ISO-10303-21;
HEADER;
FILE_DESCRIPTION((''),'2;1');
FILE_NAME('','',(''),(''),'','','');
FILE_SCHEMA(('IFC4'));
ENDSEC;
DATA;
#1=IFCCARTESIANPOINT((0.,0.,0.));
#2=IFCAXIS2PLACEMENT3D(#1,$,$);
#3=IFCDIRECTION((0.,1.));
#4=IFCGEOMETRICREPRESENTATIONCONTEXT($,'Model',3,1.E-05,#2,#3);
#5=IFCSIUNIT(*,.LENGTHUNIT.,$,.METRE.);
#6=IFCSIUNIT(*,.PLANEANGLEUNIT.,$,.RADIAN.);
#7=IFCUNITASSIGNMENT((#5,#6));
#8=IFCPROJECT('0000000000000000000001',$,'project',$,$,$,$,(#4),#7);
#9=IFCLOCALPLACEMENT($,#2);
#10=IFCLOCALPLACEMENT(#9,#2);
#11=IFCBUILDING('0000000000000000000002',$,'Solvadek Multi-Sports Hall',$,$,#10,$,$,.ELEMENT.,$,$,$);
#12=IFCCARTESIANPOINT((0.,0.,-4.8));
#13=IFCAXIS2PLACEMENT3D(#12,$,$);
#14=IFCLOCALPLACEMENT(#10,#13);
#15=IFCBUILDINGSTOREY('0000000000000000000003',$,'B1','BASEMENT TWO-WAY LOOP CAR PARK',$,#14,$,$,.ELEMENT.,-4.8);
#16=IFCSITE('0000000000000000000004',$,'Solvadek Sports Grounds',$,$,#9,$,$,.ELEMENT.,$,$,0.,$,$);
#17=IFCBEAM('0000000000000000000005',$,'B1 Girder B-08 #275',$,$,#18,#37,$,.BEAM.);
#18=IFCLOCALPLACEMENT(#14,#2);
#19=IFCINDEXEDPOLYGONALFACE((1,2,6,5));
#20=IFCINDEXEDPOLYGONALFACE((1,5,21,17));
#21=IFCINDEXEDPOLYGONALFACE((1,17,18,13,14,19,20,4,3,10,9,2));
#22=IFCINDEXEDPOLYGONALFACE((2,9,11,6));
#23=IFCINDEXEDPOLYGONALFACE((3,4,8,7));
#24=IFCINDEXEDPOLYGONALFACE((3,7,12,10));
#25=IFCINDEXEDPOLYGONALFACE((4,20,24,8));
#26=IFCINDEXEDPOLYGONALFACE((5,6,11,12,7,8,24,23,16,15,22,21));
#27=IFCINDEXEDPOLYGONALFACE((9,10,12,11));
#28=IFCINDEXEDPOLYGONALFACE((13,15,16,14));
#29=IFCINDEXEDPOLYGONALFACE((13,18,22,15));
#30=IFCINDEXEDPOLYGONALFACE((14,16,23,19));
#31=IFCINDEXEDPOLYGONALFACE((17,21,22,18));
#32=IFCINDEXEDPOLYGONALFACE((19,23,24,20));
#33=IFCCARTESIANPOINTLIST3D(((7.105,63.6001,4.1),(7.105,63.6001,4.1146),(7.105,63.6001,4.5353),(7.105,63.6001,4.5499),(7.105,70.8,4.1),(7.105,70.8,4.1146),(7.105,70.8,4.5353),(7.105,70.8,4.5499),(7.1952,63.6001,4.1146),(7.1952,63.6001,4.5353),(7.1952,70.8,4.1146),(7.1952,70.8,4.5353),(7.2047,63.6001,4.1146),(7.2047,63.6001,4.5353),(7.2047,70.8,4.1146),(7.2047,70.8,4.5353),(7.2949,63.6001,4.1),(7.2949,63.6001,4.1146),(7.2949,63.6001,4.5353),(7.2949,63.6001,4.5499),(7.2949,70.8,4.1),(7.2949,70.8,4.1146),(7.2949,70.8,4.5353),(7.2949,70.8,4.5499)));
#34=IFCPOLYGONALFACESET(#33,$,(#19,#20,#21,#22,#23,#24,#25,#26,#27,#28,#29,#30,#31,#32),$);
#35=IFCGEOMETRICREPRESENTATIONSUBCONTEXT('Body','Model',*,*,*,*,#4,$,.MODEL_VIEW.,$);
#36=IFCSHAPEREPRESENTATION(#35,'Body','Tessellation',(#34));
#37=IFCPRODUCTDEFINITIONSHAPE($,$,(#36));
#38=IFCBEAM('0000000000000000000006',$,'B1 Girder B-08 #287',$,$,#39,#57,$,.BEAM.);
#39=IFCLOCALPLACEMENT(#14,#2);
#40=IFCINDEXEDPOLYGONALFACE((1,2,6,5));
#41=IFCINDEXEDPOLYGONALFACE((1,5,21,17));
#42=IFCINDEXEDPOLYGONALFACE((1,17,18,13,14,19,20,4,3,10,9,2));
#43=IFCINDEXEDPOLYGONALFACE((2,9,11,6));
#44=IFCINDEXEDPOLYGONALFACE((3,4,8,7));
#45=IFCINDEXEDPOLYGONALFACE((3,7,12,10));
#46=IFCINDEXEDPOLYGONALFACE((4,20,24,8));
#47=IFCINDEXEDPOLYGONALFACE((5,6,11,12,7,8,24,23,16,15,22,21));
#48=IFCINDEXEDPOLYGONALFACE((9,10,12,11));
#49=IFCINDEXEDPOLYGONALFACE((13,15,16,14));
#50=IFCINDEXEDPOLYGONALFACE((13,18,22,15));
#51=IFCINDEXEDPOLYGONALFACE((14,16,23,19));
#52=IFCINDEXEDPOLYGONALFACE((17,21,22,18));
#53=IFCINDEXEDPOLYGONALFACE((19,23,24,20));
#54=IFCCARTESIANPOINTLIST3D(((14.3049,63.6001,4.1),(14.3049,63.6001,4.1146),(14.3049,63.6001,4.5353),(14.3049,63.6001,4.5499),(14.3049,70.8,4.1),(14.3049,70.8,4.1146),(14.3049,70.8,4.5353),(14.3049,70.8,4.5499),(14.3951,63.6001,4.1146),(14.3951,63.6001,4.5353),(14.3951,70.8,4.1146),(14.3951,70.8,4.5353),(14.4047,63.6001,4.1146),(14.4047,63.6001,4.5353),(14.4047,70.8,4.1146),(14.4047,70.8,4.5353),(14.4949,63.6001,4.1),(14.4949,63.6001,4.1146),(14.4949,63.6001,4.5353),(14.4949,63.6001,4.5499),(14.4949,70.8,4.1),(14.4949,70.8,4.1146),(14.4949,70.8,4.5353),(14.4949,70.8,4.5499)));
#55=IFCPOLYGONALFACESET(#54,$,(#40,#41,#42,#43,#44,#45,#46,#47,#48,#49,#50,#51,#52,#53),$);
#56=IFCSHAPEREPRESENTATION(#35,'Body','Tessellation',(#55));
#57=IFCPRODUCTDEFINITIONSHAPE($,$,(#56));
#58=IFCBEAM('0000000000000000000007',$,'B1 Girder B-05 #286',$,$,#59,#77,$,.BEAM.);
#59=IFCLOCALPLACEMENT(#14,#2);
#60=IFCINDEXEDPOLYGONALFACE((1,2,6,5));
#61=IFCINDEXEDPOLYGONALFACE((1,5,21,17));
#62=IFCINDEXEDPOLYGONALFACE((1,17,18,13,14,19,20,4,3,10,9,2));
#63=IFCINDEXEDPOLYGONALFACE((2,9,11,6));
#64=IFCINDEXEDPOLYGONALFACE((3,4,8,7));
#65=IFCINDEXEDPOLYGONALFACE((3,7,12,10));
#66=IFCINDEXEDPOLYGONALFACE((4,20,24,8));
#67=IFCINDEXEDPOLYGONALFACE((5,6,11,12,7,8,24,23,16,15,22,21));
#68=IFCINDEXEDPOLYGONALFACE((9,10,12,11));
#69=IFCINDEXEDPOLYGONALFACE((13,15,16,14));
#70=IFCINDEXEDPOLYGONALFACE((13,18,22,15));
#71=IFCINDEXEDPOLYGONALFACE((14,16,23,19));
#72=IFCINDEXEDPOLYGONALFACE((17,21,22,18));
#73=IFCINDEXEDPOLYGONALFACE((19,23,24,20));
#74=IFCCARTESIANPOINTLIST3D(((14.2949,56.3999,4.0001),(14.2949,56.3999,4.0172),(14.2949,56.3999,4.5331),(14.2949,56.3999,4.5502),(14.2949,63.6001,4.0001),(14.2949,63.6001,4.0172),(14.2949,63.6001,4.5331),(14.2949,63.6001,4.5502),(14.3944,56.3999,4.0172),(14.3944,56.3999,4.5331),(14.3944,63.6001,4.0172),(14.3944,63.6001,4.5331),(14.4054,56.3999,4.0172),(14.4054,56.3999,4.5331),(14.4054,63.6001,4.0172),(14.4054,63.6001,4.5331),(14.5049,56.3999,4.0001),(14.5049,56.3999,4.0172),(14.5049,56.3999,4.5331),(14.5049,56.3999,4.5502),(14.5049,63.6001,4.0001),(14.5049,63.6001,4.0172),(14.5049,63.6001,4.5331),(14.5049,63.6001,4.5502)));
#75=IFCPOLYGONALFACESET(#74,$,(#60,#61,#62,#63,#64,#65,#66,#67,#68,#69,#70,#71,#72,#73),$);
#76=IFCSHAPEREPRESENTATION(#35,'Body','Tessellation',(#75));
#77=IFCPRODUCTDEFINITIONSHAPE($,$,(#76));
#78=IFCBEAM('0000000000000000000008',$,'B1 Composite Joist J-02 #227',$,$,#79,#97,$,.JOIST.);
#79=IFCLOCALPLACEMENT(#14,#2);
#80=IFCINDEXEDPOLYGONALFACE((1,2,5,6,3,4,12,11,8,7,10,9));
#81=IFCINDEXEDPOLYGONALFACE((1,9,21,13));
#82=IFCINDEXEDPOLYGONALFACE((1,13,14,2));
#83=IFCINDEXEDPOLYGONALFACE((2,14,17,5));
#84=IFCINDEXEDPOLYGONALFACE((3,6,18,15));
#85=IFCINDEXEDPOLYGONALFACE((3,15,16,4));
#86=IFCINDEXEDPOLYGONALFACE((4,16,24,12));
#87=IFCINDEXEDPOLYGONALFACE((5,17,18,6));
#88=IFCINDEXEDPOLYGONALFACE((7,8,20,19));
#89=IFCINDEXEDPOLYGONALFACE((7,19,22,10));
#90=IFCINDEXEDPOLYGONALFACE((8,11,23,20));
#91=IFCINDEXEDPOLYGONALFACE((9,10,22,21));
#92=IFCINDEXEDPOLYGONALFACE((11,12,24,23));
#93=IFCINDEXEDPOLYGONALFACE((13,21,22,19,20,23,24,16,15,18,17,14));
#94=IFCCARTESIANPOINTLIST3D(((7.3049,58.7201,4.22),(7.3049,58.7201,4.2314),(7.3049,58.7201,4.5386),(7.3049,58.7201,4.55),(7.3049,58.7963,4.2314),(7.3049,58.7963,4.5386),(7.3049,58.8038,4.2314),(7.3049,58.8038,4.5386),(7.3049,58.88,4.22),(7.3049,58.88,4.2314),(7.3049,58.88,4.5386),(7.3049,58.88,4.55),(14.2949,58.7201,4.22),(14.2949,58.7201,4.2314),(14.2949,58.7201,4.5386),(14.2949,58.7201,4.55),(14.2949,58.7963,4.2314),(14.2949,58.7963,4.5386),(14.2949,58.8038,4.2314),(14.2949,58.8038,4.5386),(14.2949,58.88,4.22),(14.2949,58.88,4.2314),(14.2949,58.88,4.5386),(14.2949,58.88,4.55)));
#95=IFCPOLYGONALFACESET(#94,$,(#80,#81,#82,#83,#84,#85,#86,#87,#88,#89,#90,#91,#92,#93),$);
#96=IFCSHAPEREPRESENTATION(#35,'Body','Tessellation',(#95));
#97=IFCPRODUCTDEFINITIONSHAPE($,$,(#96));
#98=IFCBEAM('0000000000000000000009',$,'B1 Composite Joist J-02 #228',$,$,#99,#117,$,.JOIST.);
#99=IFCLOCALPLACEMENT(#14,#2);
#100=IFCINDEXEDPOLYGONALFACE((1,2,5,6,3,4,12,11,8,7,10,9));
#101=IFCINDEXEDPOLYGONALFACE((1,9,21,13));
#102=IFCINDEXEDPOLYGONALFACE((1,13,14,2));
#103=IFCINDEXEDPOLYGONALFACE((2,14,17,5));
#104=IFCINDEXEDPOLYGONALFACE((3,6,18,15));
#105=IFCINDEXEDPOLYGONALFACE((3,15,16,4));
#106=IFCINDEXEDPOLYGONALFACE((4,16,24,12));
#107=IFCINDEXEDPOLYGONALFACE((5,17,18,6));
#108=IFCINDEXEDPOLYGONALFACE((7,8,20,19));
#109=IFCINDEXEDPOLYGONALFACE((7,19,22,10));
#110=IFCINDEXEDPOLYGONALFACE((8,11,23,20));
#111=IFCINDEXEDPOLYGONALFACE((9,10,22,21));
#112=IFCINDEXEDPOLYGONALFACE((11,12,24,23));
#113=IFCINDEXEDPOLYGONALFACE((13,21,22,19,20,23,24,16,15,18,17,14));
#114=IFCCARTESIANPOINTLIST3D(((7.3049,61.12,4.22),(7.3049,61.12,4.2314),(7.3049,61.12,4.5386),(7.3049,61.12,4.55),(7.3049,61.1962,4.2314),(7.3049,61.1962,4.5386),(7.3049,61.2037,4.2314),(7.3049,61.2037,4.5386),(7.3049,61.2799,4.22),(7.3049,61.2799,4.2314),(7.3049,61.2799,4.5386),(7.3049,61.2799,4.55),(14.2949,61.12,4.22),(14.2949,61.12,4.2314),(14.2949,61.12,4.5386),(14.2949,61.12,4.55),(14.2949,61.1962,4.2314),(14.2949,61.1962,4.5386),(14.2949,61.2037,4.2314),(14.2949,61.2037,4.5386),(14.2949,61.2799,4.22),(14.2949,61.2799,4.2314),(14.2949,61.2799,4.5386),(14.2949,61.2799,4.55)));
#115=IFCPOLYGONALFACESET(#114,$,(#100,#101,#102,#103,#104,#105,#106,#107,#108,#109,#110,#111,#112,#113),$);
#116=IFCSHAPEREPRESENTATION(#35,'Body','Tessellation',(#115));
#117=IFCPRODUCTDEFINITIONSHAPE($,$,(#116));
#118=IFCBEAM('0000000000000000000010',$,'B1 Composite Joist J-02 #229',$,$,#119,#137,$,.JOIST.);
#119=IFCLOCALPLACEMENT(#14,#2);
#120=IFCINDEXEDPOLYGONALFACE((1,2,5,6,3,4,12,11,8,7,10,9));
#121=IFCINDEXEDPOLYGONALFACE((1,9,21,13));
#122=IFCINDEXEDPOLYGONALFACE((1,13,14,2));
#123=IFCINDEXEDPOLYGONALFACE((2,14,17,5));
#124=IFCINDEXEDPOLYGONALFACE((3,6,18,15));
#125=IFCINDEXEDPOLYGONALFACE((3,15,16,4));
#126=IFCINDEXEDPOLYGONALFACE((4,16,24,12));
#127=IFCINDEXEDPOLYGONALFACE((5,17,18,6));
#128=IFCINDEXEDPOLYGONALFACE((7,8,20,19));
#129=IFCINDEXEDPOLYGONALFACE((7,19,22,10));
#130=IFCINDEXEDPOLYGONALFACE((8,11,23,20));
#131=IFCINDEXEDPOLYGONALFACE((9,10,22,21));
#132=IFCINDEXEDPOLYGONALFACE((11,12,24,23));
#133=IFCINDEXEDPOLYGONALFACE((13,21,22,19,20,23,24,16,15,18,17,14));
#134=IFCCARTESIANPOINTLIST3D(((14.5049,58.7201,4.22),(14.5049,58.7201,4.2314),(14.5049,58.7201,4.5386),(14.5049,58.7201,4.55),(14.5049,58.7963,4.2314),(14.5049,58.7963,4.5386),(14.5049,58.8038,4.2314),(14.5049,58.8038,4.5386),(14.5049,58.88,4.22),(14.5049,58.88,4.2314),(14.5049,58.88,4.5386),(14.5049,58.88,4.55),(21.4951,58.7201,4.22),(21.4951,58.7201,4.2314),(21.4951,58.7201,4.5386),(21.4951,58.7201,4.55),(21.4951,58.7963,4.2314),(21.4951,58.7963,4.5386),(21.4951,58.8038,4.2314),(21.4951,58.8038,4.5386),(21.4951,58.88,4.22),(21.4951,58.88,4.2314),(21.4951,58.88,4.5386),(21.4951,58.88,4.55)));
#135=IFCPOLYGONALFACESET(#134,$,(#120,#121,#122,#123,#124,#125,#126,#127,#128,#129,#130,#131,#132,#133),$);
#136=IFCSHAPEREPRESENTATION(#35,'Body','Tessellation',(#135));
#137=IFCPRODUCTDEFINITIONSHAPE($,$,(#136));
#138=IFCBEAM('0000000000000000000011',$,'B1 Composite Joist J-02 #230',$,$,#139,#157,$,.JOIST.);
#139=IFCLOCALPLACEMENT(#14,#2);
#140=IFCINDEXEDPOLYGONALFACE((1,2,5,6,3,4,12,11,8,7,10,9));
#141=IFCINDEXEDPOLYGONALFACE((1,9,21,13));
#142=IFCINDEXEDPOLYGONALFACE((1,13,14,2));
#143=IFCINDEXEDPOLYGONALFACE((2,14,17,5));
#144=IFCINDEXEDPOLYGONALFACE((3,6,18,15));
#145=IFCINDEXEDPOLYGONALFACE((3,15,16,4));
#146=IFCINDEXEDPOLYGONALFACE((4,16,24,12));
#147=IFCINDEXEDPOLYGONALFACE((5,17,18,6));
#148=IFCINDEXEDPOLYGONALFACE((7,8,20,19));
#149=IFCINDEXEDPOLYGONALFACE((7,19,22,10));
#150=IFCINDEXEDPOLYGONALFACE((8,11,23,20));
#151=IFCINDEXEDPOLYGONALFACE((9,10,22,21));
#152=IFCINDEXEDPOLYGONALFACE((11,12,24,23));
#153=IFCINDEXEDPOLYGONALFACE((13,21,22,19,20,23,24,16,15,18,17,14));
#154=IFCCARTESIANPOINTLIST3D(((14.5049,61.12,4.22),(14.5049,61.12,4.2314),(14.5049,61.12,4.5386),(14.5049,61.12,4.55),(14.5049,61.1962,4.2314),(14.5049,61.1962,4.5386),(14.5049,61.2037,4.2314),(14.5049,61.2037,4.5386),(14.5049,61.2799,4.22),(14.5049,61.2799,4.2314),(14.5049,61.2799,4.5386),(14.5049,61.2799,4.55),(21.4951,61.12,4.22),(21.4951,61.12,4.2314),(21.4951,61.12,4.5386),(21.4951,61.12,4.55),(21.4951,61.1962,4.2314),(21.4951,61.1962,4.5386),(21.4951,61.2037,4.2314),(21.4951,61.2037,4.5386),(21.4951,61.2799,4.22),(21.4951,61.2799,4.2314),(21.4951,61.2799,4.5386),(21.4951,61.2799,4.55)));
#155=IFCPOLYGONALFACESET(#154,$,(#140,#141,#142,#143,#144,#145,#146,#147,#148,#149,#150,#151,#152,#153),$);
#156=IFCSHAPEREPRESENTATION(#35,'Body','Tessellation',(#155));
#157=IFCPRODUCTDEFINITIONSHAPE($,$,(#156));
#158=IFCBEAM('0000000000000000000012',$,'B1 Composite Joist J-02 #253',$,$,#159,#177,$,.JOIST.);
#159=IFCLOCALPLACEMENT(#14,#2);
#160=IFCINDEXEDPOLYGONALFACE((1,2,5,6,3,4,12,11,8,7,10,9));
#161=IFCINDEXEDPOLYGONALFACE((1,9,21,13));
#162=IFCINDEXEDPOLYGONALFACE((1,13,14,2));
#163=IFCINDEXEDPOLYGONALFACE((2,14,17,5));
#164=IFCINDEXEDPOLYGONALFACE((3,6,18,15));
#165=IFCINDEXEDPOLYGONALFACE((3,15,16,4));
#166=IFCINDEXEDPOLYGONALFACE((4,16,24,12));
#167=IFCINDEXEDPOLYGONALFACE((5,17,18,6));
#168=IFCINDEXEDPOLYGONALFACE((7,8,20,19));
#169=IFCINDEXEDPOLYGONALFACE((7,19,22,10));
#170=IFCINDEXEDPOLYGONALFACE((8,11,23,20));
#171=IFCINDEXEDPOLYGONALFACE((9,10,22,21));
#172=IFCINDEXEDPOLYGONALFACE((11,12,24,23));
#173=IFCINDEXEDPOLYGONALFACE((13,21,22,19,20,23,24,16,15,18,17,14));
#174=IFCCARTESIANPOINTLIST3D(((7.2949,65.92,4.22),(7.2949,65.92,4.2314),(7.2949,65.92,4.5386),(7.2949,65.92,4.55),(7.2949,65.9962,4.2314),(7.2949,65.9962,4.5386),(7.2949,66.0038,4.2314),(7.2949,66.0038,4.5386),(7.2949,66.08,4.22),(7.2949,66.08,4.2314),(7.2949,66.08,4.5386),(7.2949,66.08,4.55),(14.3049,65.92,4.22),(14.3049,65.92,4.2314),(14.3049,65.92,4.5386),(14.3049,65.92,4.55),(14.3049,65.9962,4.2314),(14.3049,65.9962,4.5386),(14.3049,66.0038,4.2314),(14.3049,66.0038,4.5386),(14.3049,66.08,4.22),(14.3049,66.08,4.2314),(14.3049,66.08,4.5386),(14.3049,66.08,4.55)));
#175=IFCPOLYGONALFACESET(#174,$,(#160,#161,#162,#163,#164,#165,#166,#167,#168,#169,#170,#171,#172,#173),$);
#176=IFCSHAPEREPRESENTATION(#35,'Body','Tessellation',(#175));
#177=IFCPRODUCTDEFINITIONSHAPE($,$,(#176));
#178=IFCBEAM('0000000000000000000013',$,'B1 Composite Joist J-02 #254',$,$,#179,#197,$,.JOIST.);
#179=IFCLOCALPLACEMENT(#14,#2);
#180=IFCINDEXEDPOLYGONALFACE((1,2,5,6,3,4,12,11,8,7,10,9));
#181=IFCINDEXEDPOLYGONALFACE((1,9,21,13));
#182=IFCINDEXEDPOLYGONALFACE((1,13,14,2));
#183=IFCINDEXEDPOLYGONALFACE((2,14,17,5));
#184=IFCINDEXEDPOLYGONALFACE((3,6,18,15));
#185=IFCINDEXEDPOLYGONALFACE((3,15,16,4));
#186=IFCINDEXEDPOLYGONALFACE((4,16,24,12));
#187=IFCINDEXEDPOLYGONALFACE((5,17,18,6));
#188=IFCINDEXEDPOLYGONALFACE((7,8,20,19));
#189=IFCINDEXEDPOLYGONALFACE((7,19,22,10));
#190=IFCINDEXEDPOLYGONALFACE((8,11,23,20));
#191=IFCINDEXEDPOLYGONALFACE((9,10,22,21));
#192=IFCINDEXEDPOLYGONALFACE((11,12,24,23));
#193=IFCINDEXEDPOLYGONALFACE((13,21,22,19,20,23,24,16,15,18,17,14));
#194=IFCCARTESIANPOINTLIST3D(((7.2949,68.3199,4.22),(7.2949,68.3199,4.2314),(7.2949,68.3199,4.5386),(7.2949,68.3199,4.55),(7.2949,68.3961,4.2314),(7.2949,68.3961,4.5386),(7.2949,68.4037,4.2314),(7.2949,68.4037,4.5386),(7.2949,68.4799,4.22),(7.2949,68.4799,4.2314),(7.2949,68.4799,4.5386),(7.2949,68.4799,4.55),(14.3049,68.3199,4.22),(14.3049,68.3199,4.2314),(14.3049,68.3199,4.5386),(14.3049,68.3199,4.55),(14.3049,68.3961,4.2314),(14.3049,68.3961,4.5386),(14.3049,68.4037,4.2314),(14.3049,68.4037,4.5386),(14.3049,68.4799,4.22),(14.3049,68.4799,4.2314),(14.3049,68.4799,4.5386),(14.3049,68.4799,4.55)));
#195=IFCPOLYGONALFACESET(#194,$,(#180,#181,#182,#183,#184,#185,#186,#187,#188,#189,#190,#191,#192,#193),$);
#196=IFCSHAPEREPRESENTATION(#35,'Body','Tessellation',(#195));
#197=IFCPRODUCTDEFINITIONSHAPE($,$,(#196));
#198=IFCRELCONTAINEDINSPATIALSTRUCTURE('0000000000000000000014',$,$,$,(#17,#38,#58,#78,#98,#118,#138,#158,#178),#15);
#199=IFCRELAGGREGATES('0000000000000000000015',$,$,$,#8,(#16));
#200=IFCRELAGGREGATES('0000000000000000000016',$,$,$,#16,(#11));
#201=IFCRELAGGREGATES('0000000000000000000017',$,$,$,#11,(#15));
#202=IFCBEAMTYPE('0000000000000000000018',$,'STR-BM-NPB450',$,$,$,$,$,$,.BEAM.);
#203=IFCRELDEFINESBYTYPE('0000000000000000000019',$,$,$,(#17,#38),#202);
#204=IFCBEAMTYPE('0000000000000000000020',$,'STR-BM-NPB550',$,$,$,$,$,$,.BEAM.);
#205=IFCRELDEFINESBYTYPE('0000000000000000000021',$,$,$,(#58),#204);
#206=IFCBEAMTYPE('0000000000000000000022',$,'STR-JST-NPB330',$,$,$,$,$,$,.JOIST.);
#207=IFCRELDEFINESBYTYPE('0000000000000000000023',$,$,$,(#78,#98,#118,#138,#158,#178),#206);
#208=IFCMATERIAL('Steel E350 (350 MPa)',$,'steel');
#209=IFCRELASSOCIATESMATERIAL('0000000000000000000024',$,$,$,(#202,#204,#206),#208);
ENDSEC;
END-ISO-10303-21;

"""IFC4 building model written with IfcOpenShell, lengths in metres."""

from ifc_helpers import new_model, si_unit, direction, frame, origin, origin_2d, place, context, subcontext, project, spatial, i_section, extrude, material, material_profile, profile_set, type_object, element, save


model = new_model("IFC4")

# Units and contexts
model_context = context("Model", 3, precision=1e-05, world=origin(), true_north=direction((0.0, 1.0)))
body_context = subcontext(model_context, "Body", "Model", "MODEL_VIEW")
ifc_project = project(units=[si_unit("LENGTHUNIT", "METRE"), si_unit("PLANEANGLEUNIT", "RADIAN")], contexts=[model_context])

# Site, building, storey
site_placement = place(None, origin())
site = spatial("IfcSite", under=ifc_project, at=site_placement, Name="Solvadek Sports Grounds", CompositionType="ELEMENT", RefElevation=0.0)
building_placement = place(site_placement, origin())
building = spatial("IfcBuilding", under=site, at=building_placement, Name="Solvadek Multi-Sports Hall", CompositionType="ELEMENT")
storey_placement = place(building_placement, frame((0.0, 0.0, -4.8)))
storey = spatial("IfcBuildingStorey", under=building, at=storey_placement, Name="B1", Description="BASEMENT TWO-WAY LOOP CAR PARK", CompositionType="ELEMENT", Elevation=-4.8)

# Shared definitions
ifc_material_1 = material(Name="Steel E350 (350 MPa)", Category="steel")

# Beams
ifc_material_profile_1 = material_profile(ifc_material_1, i_section(OverallWidth=0.1899, OverallDepth=0.45, WebThickness=0.0095, FlangeThickness=0.0146, at=origin_2d()), Name="NPB 450")
ifc_profile_set_1 = profile_set([ifc_material_profile_1], Name="Steel E350 (350 MPa)")
beam_type_1 = type_object("IfcBeamType", Name="STR-BM-NPB450", PredefinedType="BEAM", material=ifc_profile_set_1)
for number, where, z_axis, x_axis, name in (
    (1, (7.2, 63.6001, 4.325), (0.0, 1.0, 0.0), (-1.0, 0.0, 0.0), "B1 Girder B-08 #275"),
    (2, (14.3999, 63.6001, 4.325), (0.0, 1.0, 0.0), (-1.0, 0.0, 0.0), "B1 Girder B-08 #287"),
):
    element("IfcBeam", number, at=place(storey_placement, frame(where, z_axis=z_axis, x_axis=x_axis)), inside=storey, type_object=beam_type_1, Name=name, PredefinedType="BEAM", context=body_context, shape_type="SweptSolid", body=[
        extrude(i_section(OverallWidth=0.1899, OverallDepth=0.45, WebThickness=0.0095, FlangeThickness=0.0146, at=origin_2d()), origin(), (0.0, 0.0, 1.0), 7.2),
    ])
ifc_material_profile_2 = material_profile(ifc_material_1, i_section(OverallWidth=0.21, OverallDepth=0.55, WebThickness=0.011, FlangeThickness=0.0171, at=origin_2d()), Name="NPB 550")
ifc_profile_set_2 = profile_set([ifc_material_profile_2], Name="Steel E350 (350 MPa)")
beam_type_2 = type_object("IfcBeamType", Name="STR-BM-NPB550", PredefinedType="BEAM", material=ifc_profile_set_2)
beam_1_placement = place(storey_placement, frame((14.3999, 56.3999, 4.2751), z_axis=(0.0, 1.0, 0.0), x_axis=(-1.0, 0.0, 0.0)))
element("IfcBeam", 3, at=beam_1_placement, inside=storey, type_object=beam_type_2, Name="B1 Girder B-05 #286", PredefinedType="BEAM", context=body_context, shape_type="SweptSolid", body=[
    extrude(i_section(OverallWidth=0.21, OverallDepth=0.55, WebThickness=0.011, FlangeThickness=0.0171, at=origin_2d()), origin(), (0.0, 0.0, 1.0), 7.2002),
])
ifc_material_profile_3 = material_profile(ifc_material_1, i_section(OverallWidth=0.1599, OverallDepth=0.3301, WebThickness=0.0076, FlangeThickness=0.0115, at=origin_2d()), Name="NPB 330")
ifc_profile_set_3 = profile_set([ifc_material_profile_3], Name="Steel E350 (350 MPa)")
beam_type_3 = type_object("IfcBeamType", Name="STR-JST-NPB330", PredefinedType="JOIST", material=ifc_profile_set_3)
for number, where, z_axis, x_axis, name in (
    (4, (7.3049, 58.8, 4.385), (1.0, 0.0, 0.0), (0.0, 1.0, 0.0), "B1 Composite Joist J-02 #227"),
    (5, (7.3049, 61.2, 4.385), (1.0, 0.0, 0.0), (0.0, 1.0, 0.0), "B1 Composite Joist J-02 #228"),
):
    element("IfcBeam", number, at=place(storey_placement, frame(where, z_axis=z_axis, x_axis=x_axis)), inside=storey, type_object=beam_type_3, Name=name, PredefinedType="JOIST", context=body_context, shape_type="SweptSolid", body=[
        extrude(i_section(OverallWidth=0.1599, OverallDepth=0.3301, WebThickness=0.0076, FlangeThickness=0.0115, at=origin_2d()), origin(), (0.0, 0.0, 1.0), 6.99),
    ])
for number, where, z_axis, x_axis, name in (
    (6, (14.5049, 58.8, 4.385), (1.0, 0.0, 0.0), (0.0, 1.0, 0.0), "B1 Composite Joist J-02 #229"),
    (7, (14.5049, 61.2, 4.385), (1.0, 0.0, 0.0), (0.0, 1.0, 0.0), "B1 Composite Joist J-02 #230"),
):
    element("IfcBeam", number, at=place(storey_placement, frame(where, z_axis=z_axis, x_axis=x_axis)), inside=storey, type_object=beam_type_3, Name=name, PredefinedType="JOIST", context=body_context, shape_type="SweptSolid", body=[
        extrude(i_section(OverallWidth=0.1599, OverallDepth=0.3301, WebThickness=0.0076, FlangeThickness=0.0115, at=origin_2d()), origin(), (0.0, 0.0, 1.0), 6.9902),
    ])
for number, where, z_axis, x_axis, name in (
    (8, (7.2949, 66.0, 4.385), (1.0, 0.0, 0.0), (0.0, 1.0, 0.0), "B1 Composite Joist J-02 #253"),
    (9, (7.2949, 68.3999, 4.385), (1.0, 0.0, 0.0), (0.0, 1.0, 0.0), "B1 Composite Joist J-02 #254"),
):
    element("IfcBeam", number, at=place(storey_placement, frame(where, z_axis=z_axis, x_axis=x_axis)), inside=storey, type_object=beam_type_3, Name=name, PredefinedType="JOIST", context=body_context, shape_type="SweptSolid", body=[
        extrude(i_section(OverallWidth=0.1599, OverallDepth=0.3301, WebThickness=0.0076, FlangeThickness=0.0115, at=origin_2d()), origin(), (0.0, 0.0, 1.0), 7.01),
    ])

save(model, "model.ifc")
